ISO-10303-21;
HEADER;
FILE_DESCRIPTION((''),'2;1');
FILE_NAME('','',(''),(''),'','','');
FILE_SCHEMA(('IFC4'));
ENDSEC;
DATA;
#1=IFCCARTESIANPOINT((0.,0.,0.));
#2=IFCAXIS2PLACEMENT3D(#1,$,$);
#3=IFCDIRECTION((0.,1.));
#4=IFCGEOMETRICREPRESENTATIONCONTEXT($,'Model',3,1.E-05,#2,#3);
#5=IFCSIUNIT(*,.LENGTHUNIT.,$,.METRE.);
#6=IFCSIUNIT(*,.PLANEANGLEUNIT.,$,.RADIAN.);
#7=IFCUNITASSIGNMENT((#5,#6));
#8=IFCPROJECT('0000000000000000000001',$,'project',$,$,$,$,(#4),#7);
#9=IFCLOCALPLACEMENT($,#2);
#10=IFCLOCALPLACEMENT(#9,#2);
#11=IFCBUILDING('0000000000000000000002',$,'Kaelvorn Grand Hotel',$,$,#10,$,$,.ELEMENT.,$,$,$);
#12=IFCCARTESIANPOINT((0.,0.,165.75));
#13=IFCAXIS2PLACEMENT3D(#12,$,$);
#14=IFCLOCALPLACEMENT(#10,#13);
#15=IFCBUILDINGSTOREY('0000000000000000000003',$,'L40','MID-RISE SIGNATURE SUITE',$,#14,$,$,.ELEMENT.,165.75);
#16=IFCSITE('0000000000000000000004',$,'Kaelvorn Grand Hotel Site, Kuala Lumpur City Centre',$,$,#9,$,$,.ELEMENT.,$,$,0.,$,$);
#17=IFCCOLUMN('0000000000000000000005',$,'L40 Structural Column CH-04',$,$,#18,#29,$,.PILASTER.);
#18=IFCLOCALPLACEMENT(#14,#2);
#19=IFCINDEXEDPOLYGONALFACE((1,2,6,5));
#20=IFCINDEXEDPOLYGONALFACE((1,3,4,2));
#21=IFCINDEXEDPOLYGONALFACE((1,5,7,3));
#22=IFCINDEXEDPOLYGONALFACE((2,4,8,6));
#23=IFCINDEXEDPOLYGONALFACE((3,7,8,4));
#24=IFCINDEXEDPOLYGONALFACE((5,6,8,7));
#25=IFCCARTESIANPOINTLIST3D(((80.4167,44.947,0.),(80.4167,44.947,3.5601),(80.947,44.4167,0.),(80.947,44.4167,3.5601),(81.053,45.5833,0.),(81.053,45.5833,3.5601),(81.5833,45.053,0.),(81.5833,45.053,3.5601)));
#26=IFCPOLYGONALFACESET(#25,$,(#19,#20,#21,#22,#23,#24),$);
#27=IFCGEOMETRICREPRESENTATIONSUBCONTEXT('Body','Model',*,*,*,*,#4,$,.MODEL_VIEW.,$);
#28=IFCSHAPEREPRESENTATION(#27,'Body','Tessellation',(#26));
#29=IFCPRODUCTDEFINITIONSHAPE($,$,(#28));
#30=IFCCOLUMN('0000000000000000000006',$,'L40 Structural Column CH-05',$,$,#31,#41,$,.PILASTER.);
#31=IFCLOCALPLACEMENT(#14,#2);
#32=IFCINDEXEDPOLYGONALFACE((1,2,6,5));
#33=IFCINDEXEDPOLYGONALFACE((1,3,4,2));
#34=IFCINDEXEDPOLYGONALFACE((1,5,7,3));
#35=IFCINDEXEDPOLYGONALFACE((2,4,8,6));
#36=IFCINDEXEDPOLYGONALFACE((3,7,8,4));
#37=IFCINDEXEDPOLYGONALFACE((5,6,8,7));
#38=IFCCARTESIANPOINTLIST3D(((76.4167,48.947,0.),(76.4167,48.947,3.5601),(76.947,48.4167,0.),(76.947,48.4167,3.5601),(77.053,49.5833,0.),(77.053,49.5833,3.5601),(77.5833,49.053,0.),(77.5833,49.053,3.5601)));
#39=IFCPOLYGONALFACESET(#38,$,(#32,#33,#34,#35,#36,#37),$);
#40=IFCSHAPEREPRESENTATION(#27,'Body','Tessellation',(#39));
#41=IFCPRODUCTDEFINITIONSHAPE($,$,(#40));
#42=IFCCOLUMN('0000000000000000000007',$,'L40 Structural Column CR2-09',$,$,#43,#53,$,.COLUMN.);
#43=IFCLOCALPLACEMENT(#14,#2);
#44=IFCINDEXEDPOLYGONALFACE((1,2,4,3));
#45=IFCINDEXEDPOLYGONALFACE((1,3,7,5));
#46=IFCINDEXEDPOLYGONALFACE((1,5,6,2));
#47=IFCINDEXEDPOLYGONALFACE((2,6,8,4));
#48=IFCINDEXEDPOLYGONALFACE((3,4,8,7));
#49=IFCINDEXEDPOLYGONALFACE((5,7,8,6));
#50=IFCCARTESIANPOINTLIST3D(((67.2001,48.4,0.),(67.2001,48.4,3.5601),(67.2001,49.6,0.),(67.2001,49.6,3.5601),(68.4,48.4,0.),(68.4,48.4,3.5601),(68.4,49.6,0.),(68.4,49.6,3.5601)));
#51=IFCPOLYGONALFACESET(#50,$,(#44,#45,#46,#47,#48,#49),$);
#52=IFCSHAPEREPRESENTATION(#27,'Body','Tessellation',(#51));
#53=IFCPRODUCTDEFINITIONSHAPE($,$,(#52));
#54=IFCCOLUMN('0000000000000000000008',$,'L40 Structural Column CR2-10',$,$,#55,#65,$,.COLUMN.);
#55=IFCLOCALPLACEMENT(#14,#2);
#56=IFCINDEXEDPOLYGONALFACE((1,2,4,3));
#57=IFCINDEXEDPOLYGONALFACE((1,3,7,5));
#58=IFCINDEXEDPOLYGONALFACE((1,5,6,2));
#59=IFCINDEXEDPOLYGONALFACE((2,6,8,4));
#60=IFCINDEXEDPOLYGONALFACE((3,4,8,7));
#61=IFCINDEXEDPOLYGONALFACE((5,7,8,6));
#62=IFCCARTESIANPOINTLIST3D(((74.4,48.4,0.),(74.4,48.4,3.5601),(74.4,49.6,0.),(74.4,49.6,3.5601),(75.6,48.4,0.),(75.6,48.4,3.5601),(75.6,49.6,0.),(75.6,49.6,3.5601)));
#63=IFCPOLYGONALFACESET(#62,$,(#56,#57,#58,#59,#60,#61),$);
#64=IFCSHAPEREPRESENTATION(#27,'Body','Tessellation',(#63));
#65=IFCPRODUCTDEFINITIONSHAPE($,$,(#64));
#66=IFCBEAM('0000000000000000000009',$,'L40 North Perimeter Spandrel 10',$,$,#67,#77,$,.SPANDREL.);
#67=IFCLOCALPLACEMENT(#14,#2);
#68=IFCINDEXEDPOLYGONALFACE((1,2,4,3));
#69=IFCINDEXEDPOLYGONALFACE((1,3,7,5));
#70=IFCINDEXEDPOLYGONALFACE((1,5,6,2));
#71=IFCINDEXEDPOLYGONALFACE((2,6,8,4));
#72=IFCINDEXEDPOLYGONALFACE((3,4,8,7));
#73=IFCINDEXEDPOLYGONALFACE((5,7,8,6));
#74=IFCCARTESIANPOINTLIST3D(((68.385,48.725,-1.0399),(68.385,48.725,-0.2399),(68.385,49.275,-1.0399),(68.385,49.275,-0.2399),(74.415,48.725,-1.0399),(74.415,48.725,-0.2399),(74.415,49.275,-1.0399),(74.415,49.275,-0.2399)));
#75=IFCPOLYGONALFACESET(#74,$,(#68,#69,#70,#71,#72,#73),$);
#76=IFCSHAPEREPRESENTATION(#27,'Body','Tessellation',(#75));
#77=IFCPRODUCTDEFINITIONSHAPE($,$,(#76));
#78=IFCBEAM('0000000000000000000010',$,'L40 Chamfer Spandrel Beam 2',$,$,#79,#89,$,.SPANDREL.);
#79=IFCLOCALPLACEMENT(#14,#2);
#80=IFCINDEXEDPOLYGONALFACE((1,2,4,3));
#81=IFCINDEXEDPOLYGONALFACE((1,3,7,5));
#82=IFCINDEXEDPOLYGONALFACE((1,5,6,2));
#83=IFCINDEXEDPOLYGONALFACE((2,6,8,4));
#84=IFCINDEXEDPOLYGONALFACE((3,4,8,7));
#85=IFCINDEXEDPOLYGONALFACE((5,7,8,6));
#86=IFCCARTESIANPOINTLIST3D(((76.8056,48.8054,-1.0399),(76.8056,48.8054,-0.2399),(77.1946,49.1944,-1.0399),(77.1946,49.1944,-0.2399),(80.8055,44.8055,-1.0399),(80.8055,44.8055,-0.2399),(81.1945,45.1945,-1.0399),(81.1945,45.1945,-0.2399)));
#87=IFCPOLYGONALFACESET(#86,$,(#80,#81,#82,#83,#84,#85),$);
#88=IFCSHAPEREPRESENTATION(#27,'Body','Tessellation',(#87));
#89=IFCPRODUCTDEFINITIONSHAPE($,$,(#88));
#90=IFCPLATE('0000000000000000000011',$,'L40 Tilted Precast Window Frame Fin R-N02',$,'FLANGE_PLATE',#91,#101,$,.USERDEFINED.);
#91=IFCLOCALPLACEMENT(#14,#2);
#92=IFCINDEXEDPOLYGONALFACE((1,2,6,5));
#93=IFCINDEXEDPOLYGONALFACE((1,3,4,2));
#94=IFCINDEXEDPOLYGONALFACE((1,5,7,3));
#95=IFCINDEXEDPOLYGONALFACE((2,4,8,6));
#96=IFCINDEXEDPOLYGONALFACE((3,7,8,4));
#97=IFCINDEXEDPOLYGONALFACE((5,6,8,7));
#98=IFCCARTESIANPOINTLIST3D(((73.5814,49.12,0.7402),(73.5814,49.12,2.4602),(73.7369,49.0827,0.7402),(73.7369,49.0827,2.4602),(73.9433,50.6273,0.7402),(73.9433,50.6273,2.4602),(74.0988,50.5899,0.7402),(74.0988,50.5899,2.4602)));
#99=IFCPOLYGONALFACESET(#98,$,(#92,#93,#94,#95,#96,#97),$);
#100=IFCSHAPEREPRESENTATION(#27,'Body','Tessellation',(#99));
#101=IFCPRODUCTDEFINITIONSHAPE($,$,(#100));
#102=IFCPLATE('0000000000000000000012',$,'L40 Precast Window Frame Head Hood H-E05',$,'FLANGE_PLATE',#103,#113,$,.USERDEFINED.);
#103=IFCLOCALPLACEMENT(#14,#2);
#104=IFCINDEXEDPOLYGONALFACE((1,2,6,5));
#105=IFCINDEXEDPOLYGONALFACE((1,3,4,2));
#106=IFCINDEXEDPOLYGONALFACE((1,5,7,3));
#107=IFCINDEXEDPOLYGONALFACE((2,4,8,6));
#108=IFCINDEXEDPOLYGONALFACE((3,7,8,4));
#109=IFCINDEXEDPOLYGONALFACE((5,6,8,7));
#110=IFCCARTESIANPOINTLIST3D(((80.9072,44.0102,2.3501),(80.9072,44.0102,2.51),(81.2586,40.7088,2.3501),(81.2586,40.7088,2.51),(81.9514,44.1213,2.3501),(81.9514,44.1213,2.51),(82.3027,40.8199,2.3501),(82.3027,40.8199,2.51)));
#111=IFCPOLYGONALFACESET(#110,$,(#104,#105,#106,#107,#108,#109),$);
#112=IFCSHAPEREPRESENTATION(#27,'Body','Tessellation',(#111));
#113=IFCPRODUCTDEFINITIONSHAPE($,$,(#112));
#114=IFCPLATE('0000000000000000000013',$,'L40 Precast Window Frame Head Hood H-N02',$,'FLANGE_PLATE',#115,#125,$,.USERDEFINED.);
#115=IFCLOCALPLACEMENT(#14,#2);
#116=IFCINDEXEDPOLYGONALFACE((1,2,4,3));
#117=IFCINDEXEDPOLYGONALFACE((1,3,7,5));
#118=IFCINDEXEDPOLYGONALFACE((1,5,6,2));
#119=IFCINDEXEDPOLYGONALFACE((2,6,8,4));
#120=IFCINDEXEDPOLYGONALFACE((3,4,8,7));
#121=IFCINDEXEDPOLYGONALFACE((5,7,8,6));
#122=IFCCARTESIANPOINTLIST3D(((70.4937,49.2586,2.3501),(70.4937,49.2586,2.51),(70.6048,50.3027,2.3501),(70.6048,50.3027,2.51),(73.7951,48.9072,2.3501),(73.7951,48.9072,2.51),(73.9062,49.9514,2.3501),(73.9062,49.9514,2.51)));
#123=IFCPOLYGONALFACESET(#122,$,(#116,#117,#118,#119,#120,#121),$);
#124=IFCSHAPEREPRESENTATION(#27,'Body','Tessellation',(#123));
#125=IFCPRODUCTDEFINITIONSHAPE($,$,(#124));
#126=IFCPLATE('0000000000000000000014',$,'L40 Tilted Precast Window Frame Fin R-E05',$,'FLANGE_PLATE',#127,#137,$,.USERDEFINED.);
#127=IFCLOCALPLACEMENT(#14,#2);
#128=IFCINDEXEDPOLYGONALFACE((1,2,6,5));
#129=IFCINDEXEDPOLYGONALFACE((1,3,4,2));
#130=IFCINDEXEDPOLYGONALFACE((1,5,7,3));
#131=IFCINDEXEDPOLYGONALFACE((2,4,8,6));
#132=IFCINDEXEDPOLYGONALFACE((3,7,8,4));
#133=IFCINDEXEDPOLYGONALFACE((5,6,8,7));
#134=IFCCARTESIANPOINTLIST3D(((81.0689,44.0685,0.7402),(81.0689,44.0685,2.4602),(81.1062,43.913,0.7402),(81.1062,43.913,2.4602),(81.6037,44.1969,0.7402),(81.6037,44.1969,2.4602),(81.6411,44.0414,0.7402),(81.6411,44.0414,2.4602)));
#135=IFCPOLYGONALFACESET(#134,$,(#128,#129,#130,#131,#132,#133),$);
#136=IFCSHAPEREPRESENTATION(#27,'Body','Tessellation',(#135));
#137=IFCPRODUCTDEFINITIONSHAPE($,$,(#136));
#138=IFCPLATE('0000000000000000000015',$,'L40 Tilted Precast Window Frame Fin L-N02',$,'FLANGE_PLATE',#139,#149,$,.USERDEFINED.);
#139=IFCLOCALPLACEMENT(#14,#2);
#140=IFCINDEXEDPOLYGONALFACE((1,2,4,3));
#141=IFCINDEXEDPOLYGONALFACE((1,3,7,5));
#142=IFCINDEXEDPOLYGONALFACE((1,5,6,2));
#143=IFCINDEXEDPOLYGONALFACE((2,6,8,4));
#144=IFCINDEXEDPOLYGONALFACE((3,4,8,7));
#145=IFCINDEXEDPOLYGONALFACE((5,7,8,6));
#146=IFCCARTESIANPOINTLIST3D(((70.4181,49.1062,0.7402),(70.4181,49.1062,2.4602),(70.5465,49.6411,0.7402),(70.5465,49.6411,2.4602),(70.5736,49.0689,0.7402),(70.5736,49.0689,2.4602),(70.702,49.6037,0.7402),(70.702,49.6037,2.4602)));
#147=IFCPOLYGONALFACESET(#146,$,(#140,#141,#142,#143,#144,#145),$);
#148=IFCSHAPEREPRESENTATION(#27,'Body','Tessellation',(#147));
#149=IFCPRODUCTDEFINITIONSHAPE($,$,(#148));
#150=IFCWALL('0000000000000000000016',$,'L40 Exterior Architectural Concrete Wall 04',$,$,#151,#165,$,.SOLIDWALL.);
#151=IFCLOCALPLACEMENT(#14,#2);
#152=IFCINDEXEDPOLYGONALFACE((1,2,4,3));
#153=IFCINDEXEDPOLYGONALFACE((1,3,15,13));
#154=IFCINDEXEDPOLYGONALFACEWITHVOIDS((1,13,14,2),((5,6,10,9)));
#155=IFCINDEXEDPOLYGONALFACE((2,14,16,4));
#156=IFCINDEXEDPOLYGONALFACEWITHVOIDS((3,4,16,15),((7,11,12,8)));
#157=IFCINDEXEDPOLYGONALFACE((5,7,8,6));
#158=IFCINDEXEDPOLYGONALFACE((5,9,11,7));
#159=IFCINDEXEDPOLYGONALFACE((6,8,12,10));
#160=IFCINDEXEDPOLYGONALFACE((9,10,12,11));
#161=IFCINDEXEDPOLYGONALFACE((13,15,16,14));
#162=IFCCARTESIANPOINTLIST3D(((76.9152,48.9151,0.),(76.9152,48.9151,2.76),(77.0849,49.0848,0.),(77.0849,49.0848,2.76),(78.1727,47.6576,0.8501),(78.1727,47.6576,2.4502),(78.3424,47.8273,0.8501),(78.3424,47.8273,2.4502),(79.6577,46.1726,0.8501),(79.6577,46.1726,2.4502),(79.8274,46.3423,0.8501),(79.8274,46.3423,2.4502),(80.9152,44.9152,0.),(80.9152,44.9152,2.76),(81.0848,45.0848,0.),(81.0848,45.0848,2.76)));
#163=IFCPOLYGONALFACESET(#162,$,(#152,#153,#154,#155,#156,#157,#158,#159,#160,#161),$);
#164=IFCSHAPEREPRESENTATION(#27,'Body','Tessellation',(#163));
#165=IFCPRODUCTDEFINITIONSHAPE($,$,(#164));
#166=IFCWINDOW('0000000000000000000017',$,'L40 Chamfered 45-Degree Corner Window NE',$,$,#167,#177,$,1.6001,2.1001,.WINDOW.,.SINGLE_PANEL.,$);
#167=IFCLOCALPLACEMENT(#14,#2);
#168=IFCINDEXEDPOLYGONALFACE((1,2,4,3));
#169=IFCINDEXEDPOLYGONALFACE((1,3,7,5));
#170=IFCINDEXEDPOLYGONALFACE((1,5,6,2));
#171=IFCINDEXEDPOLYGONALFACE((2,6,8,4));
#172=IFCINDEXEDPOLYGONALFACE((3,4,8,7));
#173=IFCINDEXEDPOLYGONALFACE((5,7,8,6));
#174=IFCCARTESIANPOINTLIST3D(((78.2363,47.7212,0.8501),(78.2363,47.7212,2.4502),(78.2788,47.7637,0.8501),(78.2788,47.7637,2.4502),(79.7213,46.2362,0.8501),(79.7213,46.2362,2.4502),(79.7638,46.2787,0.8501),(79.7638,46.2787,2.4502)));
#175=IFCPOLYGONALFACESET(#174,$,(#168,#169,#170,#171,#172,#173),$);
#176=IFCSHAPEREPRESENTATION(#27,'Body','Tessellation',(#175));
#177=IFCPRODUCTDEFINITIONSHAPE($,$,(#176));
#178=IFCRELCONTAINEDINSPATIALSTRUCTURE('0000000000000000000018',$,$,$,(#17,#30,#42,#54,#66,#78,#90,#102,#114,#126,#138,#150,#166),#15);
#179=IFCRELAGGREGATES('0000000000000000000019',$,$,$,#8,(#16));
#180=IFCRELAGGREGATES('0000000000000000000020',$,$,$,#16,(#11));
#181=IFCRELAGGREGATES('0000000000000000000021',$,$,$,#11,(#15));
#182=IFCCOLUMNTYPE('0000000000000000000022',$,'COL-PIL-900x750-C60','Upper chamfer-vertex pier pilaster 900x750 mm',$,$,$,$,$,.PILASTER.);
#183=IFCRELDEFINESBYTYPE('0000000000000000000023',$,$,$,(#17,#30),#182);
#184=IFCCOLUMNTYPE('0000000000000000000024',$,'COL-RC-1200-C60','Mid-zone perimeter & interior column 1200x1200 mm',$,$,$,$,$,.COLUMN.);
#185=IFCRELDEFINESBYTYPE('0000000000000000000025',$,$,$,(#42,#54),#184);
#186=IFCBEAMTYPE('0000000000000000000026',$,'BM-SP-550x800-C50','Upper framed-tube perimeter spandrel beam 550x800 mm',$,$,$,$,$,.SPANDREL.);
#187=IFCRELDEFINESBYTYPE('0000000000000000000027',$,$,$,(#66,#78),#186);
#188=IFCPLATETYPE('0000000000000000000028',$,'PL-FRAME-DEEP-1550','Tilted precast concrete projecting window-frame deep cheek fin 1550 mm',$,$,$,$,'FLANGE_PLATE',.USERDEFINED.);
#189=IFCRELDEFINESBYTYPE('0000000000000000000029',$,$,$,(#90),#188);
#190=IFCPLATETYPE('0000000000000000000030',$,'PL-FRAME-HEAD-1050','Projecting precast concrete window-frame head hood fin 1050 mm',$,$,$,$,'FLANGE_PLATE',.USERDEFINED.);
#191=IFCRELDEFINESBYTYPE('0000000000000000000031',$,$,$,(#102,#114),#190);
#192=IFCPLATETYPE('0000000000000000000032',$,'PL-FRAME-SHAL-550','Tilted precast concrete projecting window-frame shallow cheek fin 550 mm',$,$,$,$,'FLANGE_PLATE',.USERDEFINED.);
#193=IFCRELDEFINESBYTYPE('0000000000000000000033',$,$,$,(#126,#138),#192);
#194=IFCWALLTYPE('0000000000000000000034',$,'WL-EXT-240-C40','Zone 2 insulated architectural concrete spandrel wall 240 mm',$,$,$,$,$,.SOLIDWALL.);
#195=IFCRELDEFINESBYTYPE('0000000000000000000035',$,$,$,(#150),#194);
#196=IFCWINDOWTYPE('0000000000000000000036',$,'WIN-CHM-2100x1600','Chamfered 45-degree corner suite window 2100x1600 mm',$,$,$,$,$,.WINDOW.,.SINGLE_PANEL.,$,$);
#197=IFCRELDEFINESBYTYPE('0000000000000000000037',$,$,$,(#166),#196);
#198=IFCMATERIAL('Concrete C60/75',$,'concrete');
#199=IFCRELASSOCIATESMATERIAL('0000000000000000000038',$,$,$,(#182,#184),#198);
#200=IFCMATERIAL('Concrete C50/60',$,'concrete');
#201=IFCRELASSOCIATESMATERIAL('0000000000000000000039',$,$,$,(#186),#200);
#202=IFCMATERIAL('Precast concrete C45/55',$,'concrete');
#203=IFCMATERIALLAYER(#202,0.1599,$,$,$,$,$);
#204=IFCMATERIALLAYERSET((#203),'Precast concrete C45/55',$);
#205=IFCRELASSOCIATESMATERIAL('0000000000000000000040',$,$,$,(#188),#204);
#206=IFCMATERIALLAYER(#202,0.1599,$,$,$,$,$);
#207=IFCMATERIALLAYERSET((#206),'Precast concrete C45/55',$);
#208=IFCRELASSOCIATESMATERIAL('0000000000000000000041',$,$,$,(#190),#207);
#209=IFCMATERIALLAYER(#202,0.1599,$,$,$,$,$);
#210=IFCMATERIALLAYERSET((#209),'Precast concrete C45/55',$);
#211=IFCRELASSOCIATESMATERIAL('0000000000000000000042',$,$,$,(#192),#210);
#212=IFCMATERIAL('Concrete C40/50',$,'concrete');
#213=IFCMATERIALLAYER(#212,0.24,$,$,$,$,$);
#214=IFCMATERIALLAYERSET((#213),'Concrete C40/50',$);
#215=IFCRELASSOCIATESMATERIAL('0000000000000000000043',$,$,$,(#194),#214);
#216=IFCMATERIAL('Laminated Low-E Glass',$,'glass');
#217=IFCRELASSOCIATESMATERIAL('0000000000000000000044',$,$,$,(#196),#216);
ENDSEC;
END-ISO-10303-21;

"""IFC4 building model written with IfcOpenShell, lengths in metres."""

from ifc_helpers import new_model, si_unit, direction, frame, frame_2d, origin, origin_2d, place, context, subcontext, project, spatial, rectangle, extrude, material, layer, layer_set, material_profile, profile_set, type_object, element, fill, save


model = new_model("IFC4")

# Units and contexts
model_context = context("Model", 3, precision=1e-05, world=origin(), true_north=direction((0.0, 1.0)))
body_context = subcontext(model_context, "Body", "Model", "MODEL_VIEW")
ifc_project = project(units=[si_unit("LENGTHUNIT", "METRE"), si_unit("PLANEANGLEUNIT", "RADIAN")], contexts=[model_context])

# Site, building, storey
site_placement = place(None, origin())
site = spatial("IfcSite", under=ifc_project, at=site_placement, Name="Kaelvorn Grand Hotel Site, Kuala Lumpur City Centre", CompositionType="ELEMENT", RefElevation=0.0)
building_placement = place(site_placement, origin())
building = spatial("IfcBuilding", under=site, at=building_placement, Name="Kaelvorn Grand Hotel", CompositionType="ELEMENT")
storey_placement = place(building_placement, frame((0.0, 0.0, 165.75)))
storey = spatial("IfcBuildingStorey", under=building, at=storey_placement, Name="L40", Description="MID-RISE SIGNATURE SUITE", CompositionType="ELEMENT", Elevation=165.75)

# Columns
ifc_material_1 = material(Name="Concrete C60/75", Category="concrete")
ifc_material_profile_1 = material_profile(ifc_material_1, rectangle(XDim=0.8999, YDim=0.75, at=origin_2d()), Name="RC PILASTER 900x750")
ifc_profile_set_1 = profile_set([ifc_material_profile_1], Name="Concrete C60/75")
column_type_1 = type_object("IfcColumnType", Name="COL-PIL-900x750-C60", Description="Upper chamfer-vertex pier pilaster 900x750 mm", PredefinedType="PILASTER", material=ifc_profile_set_1)
for number, where, z_axis, x_axis, name in (
    (1, (81.0, 45.0, 0.0), (0.0, 0.0, 1.0), (0.707107, 0.707107, 0.0), "L40 Structural Column CH-04"),
    (2, (77.0, 49.0, 0.0), (0.0, 0.0, 1.0), (0.707107, 0.707107, 0.0), "L40 Structural Column CH-05"),
):
    element("IfcColumn", number, at=place(storey_placement, frame(where, z_axis=z_axis, x_axis=x_axis)), inside=storey, type_object=column_type_1, Name=name, PredefinedType="PILASTER", context=body_context, shape_type="SweptSolid", body=[
        extrude(rectangle(XDim=0.8999, YDim=0.75, at=origin_2d()), origin(), (0.0, 0.0, 1.0), 3.5601),
    ])
ifc_material_profile_2 = material_profile(ifc_material_1, rectangle(XDim=1.2, YDim=1.2, at=origin_2d()), Name="RC COL 1200x1200")
ifc_profile_set_2 = profile_set([ifc_material_profile_2], Name="Concrete C60/75")
column_type_2 = type_object("IfcColumnType", Name="COL-RC-1200-C60", Description="Mid-zone perimeter & interior column 1200x1200 mm", PredefinedType="COLUMN", material=ifc_profile_set_2)
for number, where, z_axis, x_axis, name in (
    (3, (67.8, 49.0, 0.0), (0.0, 0.0, 1.0), (1.0, 0.0, 0.0), "L40 Structural Column CR2-09"),
    (4, (75.0, 49.0, 0.0), (0.0, 0.0, 1.0), (1.0, 0.0, 0.0), "L40 Structural Column CR2-10"),
):
    element("IfcColumn", number, at=place(storey_placement, frame(where, z_axis=z_axis, x_axis=x_axis)), inside=storey, type_object=column_type_2, Name=name, PredefinedType="COLUMN", context=body_context, shape_type="SweptSolid", body=[
        extrude(rectangle(XDim=1.2, YDim=1.2, at=origin_2d()), origin(), (0.0, 0.0, 1.0), 3.5601),
    ])

# Beams
ifc_material_2 = material(Name="Concrete C50/60", Category="concrete")
ifc_material_profile_3 = material_profile(ifc_material_2, rectangle(XDim=0.55, YDim=0.8, at=origin_2d()), Name="RC SPANDREL 550x800")
ifc_profile_set_3 = profile_set([ifc_material_profile_3], Name="Concrete C50/60")
beam_type = type_object("IfcBeamType", Name="BM-SP-550x800-C50", Description="Upper framed-tube perimeter spandrel beam 550x800 mm", PredefinedType="SPANDREL", material=ifc_profile_set_3)
beam_1_placement = place(storey_placement, frame((68.385, 49.0, -0.6399), z_axis=(1.0, 0.0, 0.0), x_axis=(0.0, 1.0, 0.0)))
element("IfcBeam", 5, at=beam_1_placement, inside=storey, type_object=beam_type, Name="L40 North Perimeter Spandrel 10", PredefinedType="SPANDREL", context=body_context, shape_type="SweptSolid", body=[
    extrude(rectangle(XDim=0.55, YDim=0.8, at=origin_2d()), origin(), (0.0, 0.0, 1.0), 6.03),
])
beam_2_placement = place(storey_placement, frame((81.0, 45.0, -0.6399), z_axis=(-0.707107, 0.707107, 0.0), x_axis=(-0.707107, -0.707107, 0.0)))
element("IfcBeam", 6, at=beam_2_placement, inside=storey, type_object=beam_type, Name="L40 Chamfer Spandrel Beam 2", PredefinedType="SPANDREL", context=body_context, shape_type="SweptSolid", body=[
    extrude(rectangle(XDim=0.55, YDim=0.8, at=origin_2d()), origin(), (0.0, 0.0, 1.0), 5.6567),
])

# Plates
ifc_material_3 = material(Name="Precast concrete C45/55", Category="concrete")
ifc_layer_1 = layer(ifc_material_3, 0.1599)
ifc_layer_set_1 = layer_set([ifc_layer_1], Name="Precast concrete C45/55")
plate_type_1 = type_object("IfcPlateType", Name="PL-FRAME-DEEP-1550", Description="Tilted precast concrete projecting window-frame deep cheek fin 1550 mm", ElementType="FLANGE_PLATE", PredefinedType="USERDEFINED", material=ifc_layer_set_1)
plate_placement = place(storey_placement, frame((73.8401, 49.855, 0.7402), z_axis=(0.0, 0.0, 1.0), x_axis=(0.97237, -0.233445, 0.0)))
element("IfcPlate", 7, at=plate_placement, inside=storey, type_object=plate_type_1, Name="L40 Tilted Precast Window Frame Fin R-N02", ObjectType="FLANGE_PLATE", PredefinedType="USERDEFINED", context=body_context, shape_type="SweptSolid", body=[
    extrude(rectangle(XDim=0.1599, YDim=1.55, at=origin_2d()), origin(), (0.0, 0.0, 1.0), 1.72),
])
ifc_layer_2 = layer(ifc_material_3, 0.1599)
ifc_layer_set_2 = layer_set([ifc_layer_2], Name="Precast concrete C45/55")
plate_type_2 = type_object("IfcPlateType", Name="PL-FRAME-HEAD-1050", Description="Projecting precast concrete window-frame head hood fin 1050 mm", ElementType="FLANGE_PLATE", PredefinedType="USERDEFINED", material=ifc_layer_set_2)
for number, where, z_axis, x_axis, name in (
    (8, (81.605, 42.415, 2.3501), (0.0, 0.0, 1.0), (-0.10583, 0.994384, 0.0), "L40 Precast Window Frame Head Hood H-E05"),
    (9, (72.2, 49.605, 2.3501), (0.0, 0.0, 1.0), (0.994384, -0.10583, 0.0), "L40 Precast Window Frame Head Hood H-N02"),
):
    element("IfcPlate", number, at=place(storey_placement, frame(where, z_axis=z_axis, x_axis=x_axis)), inside=storey, type_object=plate_type_2, Name=name, ObjectType="FLANGE_PLATE", PredefinedType="USERDEFINED", context=body_context, shape_type="SweptSolid", body=[
        extrude(rectangle(XDim=3.3201, YDim=1.05, at=origin_2d()), origin(), (0.0, 0.0, 1.0), 0.1599),
    ])
ifc_layer_3 = layer(ifc_material_3, 0.1599)
ifc_layer_set_3 = layer_set([ifc_layer_3], Name="Precast concrete C45/55")
plate_type_3 = type_object("IfcPlateType", Name="PL-FRAME-SHAL-550", Description="Tilted precast concrete projecting window-frame shallow cheek fin 550 mm", ElementType="FLANGE_PLATE", PredefinedType="USERDEFINED", material=ifc_layer_set_3)
for number, where, z_axis, x_axis, name in (
    (10, (81.355, 44.0549, 0.7402), (0.0, 0.0, 1.0), (-0.233445, 0.97237, 0.0), "L40 Tilted Precast Window Frame Fin R-E05"),
    (11, (70.5601, 49.355, 0.7402), (0.0, 0.0, 1.0), (0.97237, -0.233445, 0.0), "L40 Tilted Precast Window Frame Fin L-N02"),
):
    element("IfcPlate", number, at=place(storey_placement, frame(where, z_axis=z_axis, x_axis=x_axis)), inside=storey, type_object=plate_type_3, Name=name, ObjectType="FLANGE_PLATE", PredefinedType="USERDEFINED", context=body_context, shape_type="SweptSolid", body=[
        extrude(rectangle(XDim=0.1599, YDim=0.55, at=origin_2d()), origin(), (0.0, 0.0, 1.0), 1.72),
    ])

# Wall, opening, window
ifc_material_4 = material(Name="Concrete C40/50", Category="concrete")
ifc_layer_4 = layer(ifc_material_4, 0.24)
ifc_layer_set_4 = layer_set([ifc_layer_4], Name="Concrete C40/50")
wall_type = type_object("IfcWallType", Name="WL-EXT-240-C40", Description="Zone 2 insulated architectural concrete spandrel wall 240 mm", PredefinedType="SOLIDWALL", material=ifc_layer_set_4)
wall_1_placement = place(storey_placement, frame((81.0, 45.0, 0.0), z_axis=(0.0, 0.0, 1.0), x_axis=(-0.707107, 0.707107, 0.0)))
wall_1 = element("IfcWall", 12, at=wall_1_placement, inside=storey, type_object=wall_type, Name="L40 Exterior Architectural Concrete Wall 04", PredefinedType="SOLIDWALL", context=body_context, shape_type="SweptSolid", body=[
    extrude(rectangle(XDim=5.6567, YDim=0.24, at=frame_2d((2.8284, 0.0))), origin(), (0.0, 0.0, 1.0), 2.76),
])
opening_1_placement = place(wall_1_placement, frame((1.7783, 0.0, 0.8501)))
opening_1 = element("IfcOpeningElement", 13, at=opening_1_placement, cuts=wall_1, PredefinedType="OPENING", context=body_context, shape_type="SweptSolid", body=[
    extrude(rectangle(XDim=2.1001, YDim=1.6001, at=frame_2d((1.05, 0.8))), frame((0.0, 0.1299, 0.0), z_axis=(0.0, -1.0, 0.0), x_axis=(1.0, 0.0, 0.0)), (0.0, 0.0, 1.0), 0.26),
])
ifc_material_5 = material(Name="Laminated Low-E Glass", Category="glass")
window_type_1 = type_object("IfcWindowType", Name="WIN-CHM-2100x1600", Description="Chamfered 45-degree corner suite window 2100x1600 mm", PartitioningType="SINGLE_PANEL", PredefinedType="WINDOW", material=ifc_material_5)
window_1_placement = place(opening_1_placement, origin())
window_1 = element("IfcWindow", 14, at=window_1_placement, inside=storey, type_object=window_type_1, Name="L40 Chamfered 45-Degree Corner Window NE", OverallHeight=1.6001, OverallWidth=2.1001, PartitioningType="SINGLE_PANEL", PredefinedType="WINDOW", context=body_context, shape_type="SweptSolid", body=[
    extrude(rectangle(XDim=2.1001, YDim=1.6001, at=frame_2d((1.05, 0.8))), frame((0.0, 0.03, 0.0), z_axis=(0.0, -1.0, 0.0), x_axis=(1.0, 0.0, 0.0)), (0.0, 0.0, 1.0), 0.0601),
])
fill(opening_1, window_1)

save(model, "model.ifc")
